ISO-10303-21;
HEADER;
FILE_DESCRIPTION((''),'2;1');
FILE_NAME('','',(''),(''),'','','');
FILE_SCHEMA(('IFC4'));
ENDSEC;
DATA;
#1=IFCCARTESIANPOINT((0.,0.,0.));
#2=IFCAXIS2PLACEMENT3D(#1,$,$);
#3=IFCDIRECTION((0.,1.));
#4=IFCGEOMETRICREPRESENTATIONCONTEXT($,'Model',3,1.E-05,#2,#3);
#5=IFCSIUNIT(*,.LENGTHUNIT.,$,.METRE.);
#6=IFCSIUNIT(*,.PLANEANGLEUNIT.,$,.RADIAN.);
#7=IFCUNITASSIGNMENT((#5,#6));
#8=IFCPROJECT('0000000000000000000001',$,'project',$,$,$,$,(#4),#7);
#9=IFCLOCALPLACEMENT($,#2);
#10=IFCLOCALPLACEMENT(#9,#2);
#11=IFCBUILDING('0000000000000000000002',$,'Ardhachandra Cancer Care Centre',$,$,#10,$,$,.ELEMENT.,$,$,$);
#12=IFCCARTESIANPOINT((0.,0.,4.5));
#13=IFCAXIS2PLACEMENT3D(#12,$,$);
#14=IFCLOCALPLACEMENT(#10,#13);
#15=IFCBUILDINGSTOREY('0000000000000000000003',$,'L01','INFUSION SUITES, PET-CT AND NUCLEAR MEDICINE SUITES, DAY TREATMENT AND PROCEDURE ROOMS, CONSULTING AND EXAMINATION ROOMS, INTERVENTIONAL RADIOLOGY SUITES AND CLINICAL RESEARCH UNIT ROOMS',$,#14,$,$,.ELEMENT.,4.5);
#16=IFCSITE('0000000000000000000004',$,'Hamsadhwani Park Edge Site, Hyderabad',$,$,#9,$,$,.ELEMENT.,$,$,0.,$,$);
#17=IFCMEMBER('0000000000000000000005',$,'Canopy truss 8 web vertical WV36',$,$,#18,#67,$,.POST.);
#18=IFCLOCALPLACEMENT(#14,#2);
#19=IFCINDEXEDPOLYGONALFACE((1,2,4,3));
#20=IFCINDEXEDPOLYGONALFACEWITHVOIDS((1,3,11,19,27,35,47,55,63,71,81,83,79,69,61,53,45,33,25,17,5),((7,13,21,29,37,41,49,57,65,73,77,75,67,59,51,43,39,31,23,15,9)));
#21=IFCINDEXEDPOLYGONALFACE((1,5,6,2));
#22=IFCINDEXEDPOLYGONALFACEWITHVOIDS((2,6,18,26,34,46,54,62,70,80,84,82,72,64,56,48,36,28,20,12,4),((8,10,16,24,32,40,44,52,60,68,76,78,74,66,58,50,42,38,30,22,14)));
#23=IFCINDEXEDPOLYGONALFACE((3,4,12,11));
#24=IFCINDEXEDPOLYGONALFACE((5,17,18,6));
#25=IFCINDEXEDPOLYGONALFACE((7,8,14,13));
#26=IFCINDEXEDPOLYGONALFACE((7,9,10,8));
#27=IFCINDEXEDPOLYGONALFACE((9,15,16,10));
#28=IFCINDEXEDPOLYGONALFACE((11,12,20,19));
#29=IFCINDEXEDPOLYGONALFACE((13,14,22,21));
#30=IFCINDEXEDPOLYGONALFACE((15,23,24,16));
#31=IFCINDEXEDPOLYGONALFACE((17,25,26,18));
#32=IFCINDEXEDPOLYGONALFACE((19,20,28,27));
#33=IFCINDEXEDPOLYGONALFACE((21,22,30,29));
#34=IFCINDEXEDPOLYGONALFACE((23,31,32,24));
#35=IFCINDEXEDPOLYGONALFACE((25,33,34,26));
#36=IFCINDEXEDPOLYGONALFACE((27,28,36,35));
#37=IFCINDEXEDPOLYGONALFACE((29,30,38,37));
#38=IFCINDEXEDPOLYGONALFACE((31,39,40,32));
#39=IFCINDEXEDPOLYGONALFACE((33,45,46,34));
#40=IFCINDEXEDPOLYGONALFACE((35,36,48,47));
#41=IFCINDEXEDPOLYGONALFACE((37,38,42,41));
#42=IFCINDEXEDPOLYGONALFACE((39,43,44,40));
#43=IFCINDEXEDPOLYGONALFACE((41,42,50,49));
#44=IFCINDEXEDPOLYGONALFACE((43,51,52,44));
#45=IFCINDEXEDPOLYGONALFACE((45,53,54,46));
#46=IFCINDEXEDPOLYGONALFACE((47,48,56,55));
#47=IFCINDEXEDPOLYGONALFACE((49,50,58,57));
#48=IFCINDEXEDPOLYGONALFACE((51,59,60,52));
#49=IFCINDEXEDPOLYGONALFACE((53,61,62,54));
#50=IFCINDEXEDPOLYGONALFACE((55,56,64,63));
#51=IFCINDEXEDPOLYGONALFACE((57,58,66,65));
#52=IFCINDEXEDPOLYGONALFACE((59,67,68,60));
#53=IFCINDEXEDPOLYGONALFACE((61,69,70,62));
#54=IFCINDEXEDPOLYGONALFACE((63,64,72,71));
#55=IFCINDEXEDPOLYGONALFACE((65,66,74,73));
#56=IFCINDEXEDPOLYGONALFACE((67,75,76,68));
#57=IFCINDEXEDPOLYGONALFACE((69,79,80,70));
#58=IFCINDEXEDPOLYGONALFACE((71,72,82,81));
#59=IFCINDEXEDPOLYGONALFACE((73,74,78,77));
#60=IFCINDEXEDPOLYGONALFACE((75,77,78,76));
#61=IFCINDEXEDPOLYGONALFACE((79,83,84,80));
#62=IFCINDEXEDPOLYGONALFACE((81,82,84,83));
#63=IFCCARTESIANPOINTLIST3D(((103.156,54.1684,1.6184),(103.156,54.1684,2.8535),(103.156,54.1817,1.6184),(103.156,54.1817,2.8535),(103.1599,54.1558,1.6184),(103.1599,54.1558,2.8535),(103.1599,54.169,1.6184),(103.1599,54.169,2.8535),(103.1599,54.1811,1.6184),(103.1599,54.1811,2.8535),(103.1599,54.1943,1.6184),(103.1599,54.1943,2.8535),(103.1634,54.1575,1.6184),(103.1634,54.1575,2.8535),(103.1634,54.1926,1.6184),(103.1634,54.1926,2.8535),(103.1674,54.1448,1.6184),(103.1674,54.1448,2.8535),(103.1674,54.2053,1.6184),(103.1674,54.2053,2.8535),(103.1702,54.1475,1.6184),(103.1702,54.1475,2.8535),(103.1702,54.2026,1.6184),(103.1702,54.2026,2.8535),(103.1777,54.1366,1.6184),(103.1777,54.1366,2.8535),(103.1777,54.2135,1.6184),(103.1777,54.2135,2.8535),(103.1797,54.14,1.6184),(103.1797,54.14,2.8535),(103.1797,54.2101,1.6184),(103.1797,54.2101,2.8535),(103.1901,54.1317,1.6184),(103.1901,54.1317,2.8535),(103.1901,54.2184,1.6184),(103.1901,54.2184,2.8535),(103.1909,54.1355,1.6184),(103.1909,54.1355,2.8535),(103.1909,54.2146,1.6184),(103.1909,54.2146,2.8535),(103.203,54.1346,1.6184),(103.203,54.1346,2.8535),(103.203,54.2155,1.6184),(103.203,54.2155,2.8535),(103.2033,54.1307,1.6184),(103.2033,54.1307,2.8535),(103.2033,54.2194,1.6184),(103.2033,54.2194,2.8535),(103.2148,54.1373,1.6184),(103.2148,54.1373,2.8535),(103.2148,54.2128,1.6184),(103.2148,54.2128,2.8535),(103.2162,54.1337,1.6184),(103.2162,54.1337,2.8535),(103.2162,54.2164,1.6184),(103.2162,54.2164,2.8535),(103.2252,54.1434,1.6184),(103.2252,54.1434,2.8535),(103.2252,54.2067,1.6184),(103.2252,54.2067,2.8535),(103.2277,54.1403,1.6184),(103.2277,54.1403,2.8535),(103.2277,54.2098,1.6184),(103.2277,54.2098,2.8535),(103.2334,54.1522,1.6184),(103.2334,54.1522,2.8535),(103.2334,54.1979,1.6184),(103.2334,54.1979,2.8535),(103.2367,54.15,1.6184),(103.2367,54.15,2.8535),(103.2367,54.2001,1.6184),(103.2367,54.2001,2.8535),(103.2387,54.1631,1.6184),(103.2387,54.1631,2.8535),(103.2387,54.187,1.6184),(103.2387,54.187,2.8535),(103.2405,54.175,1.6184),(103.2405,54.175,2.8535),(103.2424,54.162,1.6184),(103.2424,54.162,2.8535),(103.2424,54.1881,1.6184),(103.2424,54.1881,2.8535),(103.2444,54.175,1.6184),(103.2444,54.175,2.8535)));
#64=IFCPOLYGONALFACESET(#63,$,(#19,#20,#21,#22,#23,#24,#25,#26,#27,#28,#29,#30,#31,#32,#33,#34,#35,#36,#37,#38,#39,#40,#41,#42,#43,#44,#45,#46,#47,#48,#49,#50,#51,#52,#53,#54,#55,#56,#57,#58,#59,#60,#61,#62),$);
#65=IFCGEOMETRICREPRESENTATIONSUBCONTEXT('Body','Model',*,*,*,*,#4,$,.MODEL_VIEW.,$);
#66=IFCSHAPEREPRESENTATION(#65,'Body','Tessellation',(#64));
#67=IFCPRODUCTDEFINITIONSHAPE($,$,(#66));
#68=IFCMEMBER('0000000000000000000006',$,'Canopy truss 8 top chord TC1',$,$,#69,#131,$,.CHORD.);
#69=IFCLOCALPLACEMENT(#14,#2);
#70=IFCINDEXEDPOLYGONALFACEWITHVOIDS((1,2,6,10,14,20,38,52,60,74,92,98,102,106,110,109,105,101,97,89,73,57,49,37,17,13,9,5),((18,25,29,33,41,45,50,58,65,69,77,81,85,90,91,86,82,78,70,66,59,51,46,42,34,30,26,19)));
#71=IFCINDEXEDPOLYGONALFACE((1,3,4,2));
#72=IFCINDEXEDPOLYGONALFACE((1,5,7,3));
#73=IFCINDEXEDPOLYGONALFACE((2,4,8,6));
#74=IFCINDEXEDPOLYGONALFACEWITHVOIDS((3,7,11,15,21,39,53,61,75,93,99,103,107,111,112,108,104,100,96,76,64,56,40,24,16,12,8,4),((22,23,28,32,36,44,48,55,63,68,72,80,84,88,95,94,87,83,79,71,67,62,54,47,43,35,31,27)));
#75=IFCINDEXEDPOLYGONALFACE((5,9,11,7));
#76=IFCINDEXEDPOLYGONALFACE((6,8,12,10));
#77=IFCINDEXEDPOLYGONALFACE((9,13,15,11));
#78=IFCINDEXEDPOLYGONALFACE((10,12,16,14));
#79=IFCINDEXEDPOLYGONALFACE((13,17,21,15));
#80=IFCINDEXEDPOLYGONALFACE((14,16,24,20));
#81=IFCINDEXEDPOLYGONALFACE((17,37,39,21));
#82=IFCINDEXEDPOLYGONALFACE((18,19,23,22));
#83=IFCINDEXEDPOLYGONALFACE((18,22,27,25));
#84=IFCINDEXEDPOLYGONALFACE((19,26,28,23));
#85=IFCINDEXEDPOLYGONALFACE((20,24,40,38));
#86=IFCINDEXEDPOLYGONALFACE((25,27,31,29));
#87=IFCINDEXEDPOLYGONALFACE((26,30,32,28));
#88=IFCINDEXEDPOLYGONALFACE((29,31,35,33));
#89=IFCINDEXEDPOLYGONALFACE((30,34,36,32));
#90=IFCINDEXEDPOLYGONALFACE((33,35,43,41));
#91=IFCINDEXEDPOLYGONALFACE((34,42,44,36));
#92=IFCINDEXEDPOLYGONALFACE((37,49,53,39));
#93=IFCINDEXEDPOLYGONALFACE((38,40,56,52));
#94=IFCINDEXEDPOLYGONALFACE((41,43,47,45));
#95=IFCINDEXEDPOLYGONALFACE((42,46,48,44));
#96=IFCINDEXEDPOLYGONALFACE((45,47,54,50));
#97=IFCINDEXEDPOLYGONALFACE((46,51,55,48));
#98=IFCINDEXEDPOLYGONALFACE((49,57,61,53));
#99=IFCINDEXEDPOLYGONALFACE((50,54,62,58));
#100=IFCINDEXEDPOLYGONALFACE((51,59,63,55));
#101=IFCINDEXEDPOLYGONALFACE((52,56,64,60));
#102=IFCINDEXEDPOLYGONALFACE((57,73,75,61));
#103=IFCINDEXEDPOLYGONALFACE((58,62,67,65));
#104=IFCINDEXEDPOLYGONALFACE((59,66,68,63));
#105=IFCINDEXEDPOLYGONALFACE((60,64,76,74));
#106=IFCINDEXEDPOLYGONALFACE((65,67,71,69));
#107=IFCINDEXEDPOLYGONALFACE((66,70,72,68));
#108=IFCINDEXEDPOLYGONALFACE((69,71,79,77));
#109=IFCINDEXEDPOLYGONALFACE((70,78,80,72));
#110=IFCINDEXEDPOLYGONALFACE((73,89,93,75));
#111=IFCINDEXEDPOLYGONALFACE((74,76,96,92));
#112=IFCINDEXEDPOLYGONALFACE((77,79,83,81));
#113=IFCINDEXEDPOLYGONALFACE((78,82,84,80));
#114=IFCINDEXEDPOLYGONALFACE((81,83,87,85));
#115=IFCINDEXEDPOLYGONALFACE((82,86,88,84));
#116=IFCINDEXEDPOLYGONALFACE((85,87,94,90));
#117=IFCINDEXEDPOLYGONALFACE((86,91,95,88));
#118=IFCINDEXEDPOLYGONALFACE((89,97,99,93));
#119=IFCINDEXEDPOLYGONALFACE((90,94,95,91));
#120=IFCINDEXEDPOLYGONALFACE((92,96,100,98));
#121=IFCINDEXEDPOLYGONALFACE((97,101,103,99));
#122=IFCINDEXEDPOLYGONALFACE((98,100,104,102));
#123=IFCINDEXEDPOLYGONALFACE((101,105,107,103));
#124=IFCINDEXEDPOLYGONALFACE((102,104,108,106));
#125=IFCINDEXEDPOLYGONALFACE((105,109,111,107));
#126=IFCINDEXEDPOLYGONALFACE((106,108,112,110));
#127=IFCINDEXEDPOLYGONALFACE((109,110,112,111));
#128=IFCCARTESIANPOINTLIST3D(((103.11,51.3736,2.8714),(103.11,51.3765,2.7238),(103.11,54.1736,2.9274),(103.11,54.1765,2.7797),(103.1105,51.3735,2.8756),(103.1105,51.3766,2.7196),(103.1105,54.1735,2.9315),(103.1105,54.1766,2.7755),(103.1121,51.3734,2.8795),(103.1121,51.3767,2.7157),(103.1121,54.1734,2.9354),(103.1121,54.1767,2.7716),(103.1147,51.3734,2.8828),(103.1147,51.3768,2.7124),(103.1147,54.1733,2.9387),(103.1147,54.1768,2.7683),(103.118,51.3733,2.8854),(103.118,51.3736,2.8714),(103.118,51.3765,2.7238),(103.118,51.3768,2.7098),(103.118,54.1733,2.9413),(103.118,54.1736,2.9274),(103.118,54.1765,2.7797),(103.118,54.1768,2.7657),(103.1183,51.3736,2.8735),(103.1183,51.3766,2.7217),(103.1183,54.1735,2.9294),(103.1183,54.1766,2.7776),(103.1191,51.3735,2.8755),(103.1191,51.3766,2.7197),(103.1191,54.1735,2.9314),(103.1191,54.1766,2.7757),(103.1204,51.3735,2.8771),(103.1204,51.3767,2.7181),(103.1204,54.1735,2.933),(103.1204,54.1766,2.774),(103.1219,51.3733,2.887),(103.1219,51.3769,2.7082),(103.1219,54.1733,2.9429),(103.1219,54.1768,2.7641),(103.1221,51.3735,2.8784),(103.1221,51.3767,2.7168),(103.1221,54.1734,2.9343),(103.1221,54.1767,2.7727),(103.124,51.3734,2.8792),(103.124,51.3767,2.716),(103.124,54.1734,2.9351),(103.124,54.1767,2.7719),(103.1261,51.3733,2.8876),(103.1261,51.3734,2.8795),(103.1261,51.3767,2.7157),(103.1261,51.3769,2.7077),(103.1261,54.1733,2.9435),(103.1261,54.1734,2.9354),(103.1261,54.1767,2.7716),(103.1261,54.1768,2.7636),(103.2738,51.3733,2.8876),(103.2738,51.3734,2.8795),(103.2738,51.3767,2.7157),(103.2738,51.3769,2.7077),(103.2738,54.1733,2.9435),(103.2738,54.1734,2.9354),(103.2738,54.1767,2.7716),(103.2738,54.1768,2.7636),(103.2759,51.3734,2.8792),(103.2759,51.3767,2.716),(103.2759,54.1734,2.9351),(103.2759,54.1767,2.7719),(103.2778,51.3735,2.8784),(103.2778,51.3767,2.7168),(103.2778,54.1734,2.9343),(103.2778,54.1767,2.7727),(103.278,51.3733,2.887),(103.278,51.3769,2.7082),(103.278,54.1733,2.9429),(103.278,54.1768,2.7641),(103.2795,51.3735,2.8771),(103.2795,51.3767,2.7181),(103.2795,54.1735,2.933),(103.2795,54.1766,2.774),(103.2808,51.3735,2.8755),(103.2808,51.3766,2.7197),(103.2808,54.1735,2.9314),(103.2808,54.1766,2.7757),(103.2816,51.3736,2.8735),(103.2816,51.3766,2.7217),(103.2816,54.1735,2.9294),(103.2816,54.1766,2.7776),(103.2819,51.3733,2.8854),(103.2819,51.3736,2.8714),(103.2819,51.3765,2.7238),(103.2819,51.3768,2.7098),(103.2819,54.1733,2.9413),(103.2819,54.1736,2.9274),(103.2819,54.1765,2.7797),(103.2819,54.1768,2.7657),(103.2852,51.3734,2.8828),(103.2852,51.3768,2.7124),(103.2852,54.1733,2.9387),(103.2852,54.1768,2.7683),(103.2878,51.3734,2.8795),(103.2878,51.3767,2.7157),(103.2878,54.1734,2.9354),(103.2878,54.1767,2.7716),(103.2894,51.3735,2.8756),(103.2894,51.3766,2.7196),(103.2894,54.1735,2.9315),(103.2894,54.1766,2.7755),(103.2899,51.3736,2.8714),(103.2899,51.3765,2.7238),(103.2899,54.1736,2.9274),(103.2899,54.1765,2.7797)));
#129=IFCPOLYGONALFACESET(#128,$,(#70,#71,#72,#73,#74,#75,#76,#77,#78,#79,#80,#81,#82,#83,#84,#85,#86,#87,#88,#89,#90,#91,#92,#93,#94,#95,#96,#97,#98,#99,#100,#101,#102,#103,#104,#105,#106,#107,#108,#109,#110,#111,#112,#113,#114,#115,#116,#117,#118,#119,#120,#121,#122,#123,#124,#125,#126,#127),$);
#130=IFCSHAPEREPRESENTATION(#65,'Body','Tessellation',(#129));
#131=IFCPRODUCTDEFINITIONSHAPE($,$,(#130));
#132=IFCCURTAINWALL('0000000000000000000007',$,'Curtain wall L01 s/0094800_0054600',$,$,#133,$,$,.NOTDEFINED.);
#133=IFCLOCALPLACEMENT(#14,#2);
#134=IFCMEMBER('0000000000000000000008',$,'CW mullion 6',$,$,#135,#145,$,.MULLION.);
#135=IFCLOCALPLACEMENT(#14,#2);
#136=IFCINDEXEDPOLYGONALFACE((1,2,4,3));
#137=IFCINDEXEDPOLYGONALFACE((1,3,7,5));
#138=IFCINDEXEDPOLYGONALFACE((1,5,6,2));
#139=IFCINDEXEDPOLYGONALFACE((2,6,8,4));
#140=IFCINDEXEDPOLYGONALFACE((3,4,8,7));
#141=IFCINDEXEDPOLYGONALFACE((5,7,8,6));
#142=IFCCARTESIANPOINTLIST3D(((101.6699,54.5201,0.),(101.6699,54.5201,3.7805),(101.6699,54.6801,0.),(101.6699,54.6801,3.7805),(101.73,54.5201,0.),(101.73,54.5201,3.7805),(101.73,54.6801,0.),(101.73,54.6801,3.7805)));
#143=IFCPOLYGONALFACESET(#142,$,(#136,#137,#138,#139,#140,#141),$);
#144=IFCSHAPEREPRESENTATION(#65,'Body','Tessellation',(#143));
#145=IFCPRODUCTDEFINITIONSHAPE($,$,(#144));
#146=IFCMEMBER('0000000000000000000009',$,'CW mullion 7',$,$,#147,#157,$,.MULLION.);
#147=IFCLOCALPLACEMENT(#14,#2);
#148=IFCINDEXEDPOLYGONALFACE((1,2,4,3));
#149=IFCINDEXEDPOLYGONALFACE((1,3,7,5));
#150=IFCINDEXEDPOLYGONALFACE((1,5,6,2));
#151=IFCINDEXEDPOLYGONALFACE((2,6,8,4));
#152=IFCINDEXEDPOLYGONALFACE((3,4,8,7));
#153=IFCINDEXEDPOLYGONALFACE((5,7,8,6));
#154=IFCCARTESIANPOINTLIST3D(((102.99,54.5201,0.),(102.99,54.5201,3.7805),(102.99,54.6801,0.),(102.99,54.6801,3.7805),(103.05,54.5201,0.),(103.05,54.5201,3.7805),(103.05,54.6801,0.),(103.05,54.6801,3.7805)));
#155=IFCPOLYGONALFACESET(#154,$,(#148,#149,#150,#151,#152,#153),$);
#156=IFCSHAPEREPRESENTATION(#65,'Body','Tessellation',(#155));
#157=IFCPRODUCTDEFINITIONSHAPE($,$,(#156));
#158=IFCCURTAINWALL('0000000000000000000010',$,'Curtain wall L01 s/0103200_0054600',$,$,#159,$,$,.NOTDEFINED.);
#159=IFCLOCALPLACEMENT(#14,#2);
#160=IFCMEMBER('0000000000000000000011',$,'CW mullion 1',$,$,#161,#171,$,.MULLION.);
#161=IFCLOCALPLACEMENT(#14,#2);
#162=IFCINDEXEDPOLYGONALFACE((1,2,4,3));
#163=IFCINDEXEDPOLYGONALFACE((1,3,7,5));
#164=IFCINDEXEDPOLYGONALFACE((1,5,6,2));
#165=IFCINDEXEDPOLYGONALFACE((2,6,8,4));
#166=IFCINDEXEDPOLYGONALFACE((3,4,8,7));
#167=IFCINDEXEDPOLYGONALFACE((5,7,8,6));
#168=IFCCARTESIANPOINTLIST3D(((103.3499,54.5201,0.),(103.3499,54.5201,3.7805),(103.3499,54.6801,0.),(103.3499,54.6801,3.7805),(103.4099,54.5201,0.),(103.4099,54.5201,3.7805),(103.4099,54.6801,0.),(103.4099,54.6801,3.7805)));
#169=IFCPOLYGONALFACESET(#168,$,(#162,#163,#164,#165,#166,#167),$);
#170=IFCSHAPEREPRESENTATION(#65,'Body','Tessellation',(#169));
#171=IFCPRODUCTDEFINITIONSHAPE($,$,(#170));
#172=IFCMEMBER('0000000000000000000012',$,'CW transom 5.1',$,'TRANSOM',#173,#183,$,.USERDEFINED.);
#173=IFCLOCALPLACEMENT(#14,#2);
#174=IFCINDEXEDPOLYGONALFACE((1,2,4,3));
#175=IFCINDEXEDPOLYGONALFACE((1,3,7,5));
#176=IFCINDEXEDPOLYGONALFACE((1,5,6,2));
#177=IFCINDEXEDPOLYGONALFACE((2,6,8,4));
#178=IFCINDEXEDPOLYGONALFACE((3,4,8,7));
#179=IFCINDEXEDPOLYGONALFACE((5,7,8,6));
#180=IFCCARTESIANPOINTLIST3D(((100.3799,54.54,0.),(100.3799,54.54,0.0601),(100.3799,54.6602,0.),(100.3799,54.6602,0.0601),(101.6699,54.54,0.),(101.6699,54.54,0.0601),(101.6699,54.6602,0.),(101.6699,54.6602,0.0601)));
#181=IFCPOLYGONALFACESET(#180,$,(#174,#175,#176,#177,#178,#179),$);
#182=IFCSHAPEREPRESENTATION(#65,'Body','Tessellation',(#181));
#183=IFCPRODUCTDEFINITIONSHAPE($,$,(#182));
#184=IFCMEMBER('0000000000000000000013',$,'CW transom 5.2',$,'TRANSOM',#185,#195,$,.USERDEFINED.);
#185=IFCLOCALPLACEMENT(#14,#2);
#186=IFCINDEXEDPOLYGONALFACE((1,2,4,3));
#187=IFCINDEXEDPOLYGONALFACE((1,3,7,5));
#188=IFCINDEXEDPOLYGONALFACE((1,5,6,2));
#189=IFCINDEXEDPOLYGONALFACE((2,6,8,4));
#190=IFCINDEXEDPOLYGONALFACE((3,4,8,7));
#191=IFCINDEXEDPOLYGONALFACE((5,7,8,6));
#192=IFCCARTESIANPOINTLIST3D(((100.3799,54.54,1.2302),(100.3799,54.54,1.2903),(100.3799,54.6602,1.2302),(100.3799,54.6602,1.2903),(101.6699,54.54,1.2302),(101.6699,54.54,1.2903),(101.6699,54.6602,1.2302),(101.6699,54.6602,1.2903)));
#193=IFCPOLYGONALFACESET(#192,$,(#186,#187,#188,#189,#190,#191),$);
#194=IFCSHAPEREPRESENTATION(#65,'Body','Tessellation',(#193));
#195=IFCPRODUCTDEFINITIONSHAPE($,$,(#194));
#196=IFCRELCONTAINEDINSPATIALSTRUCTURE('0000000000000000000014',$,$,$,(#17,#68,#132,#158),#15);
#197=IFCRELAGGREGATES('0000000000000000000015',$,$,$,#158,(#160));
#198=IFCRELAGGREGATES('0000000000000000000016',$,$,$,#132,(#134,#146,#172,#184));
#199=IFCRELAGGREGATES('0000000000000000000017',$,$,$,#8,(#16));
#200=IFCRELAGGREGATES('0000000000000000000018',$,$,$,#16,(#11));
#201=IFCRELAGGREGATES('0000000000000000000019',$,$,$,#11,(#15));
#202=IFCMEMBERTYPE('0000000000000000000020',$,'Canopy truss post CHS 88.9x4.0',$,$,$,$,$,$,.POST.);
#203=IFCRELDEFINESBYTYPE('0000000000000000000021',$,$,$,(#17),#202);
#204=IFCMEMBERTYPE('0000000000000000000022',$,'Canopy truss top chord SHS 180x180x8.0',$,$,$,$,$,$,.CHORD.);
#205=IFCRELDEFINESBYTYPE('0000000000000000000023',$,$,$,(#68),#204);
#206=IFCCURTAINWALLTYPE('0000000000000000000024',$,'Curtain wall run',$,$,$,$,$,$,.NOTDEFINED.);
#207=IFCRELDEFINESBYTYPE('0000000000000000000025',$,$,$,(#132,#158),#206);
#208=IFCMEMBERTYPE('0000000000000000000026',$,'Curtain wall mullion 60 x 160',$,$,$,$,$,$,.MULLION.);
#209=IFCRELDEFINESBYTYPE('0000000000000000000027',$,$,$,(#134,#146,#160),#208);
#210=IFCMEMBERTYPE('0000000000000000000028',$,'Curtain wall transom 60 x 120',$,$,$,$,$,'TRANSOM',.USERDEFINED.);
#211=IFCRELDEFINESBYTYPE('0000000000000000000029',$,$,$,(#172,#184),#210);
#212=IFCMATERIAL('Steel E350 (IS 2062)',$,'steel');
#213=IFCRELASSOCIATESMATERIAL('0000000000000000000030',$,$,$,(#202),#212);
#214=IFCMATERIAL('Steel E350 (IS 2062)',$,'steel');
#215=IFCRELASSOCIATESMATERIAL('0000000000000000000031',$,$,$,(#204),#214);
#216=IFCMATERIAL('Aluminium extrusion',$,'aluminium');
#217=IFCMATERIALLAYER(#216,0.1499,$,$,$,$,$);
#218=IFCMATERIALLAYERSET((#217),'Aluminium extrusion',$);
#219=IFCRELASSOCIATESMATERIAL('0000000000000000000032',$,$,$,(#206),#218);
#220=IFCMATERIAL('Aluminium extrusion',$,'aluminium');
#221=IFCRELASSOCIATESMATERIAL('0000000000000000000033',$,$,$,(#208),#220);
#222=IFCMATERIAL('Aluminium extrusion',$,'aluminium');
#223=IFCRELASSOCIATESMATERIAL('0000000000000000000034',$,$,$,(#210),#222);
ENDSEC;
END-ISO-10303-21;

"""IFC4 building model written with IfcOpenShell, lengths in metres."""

from ifc_helpers import new_model, si_unit, direction, frame, origin, origin_2d, place, context, subcontext, project, spatial, rectangle, hollow_rectangle, hollow_circle, extrude, material, layer, layer_set, material_profile, profile_set, type_object, element, aggregate, save


model = new_model("IFC4")

# Units and contexts
model_context = context("Model", 3, precision=1e-05, world=origin(), true_north=direction((0.0, 1.0)))
body_context = subcontext(model_context, "Body", "Model", "MODEL_VIEW")
ifc_project = project(units=[si_unit("LENGTHUNIT", "METRE"), si_unit("PLANEANGLEUNIT", "RADIAN")], contexts=[model_context])

# Site, building, storey
site_placement = place(None, origin())
site = spatial("IfcSite", under=ifc_project, at=site_placement, Name="Hamsadhwani Park Edge Site, Hyderabad", CompositionType="ELEMENT", RefElevation=0.0)
building_placement = place(site_placement, origin())
building = spatial("IfcBuilding", under=site, at=building_placement, Name="Ardhachandra Cancer Care Centre", CompositionType="ELEMENT")
storey_placement = place(building_placement, frame((0.0, 0.0, 4.5)))
storey = spatial("IfcBuildingStorey", under=building, at=storey_placement, Name="L01", Description="INFUSION SUITES, PET-CT AND NUCLEAR MEDICINE SUITES, DAY TREATMENT AND PROCEDURE ROOMS, CONSULTING AND EXAMINATION ROOMS, INTERVENTIONAL RADIOLOGY SUITES AND CLINICAL RESEARCH UNIT ROOMS", CompositionType="ELEMENT", Elevation=4.5)

# Members
ifc_material_1 = material(Name="Steel E350 (IS 2062)", Category="steel")
ifc_material_profile_1 = material_profile(ifc_material_1, hollow_circle(Radius=0.0444, WallThickness=0.0039, at=origin_2d()), Name="CHS 88.9x4.0")
ifc_profile_set_1 = profile_set([ifc_material_profile_1], Name="Steel E350 (IS 2062)")
member_type_1 = type_object("IfcMemberType", Name="Canopy truss post CHS 88.9x4.0", PredefinedType="POST", material=ifc_profile_set_1)
member_1_placement = place(storey_placement, frame((103.2, 54.175, 2.8535), z_axis=(0.0, 0.0, -1.0), x_axis=(1.0, 0.0, 0.0)))
element("IfcMember", 1, at=member_1_placement, inside=storey, type_object=member_type_1, Name="Canopy truss 8 web vertical WV36", PredefinedType="POST", context=body_context, shape_type="SweptSolid", body=[
    extrude(hollow_circle(Radius=0.0444, WallThickness=0.0039, at=origin_2d()), origin(), (0.0, 0.0, 1.0), 1.2351),
])
ifc_material_2 = material(Name="Steel E350 (IS 2062)", Category="steel")
ifc_material_profile_2 = material_profile(ifc_material_2, hollow_rectangle(XDim=0.1799, YDim=0.1799, WallThickness=0.0081, InnerFilletRadius=0.0081, OuterFilletRadius=0.0161, at=origin_2d()), Name="SHS 180x180x8.0")
ifc_profile_set_2 = profile_set([ifc_material_profile_2], Name="Steel E350 (IS 2062)")
member_type_2 = type_object("IfcMemberType", Name="Canopy truss top chord SHS 180x180x8.0", PredefinedType="CHORD", material=ifc_profile_set_2)
member_2_placement = place(storey_placement, frame((103.2, 54.175, 2.8535), z_axis=(0.0, -0.999801, -0.019963), x_axis=(1.0, 0.0, 0.0)))
element("IfcMember", 2, at=member_2_placement, inside=storey, type_object=member_type_2, Name="Canopy truss 8 top chord TC1", PredefinedType="CHORD", context=body_context, shape_type="SweptSolid", body=[
    extrude(hollow_rectangle(XDim=0.1799, YDim=0.1799, WallThickness=0.0081, InnerFilletRadius=0.0081, OuterFilletRadius=0.0161, at=origin_2d()), origin(), (0.0, 0.0, 1.0), 2.8005),
])

# Curtain wall, members
ifc_material_3 = material(Name="Aluminium extrusion", Category="aluminium")
ifc_layer_1 = layer(ifc_material_3, 0.1499)
ifc_layer_set_1 = layer_set([ifc_layer_1], Name="Aluminium extrusion")
curtain_wall_type = type_object("IfcCurtainWallType", Name="Curtain wall run", PredefinedType="NOTDEFINED", material=ifc_layer_set_1)
curtain_wall_1_placement = place(storey_placement, origin())
curtain_wall_1 = element("IfcCurtainWall", 3, at=curtain_wall_1_placement, inside=storey, type_object=curtain_wall_type, Name="Curtain wall L01 s/0094800_0054600", PredefinedType="NOTDEFINED")
ifc_material_4 = material(Name="Aluminium extrusion", Category="aluminium")
ifc_material_profile_3 = material_profile(ifc_material_4, rectangle(XDim=0.1599, YDim=0.0601, at=origin_2d()), Name="Curtain wall mullion 60 x 160")
ifc_profile_set_3 = profile_set([ifc_material_profile_3], Name="Aluminium extrusion")
member_type_3 = type_object("IfcMemberType", Name="Curtain wall mullion 60 x 160", PredefinedType="MULLION", material=ifc_profile_set_3)
member_3_placement = place(storey_placement, frame((101.7, 54.6001, 0.0), z_axis=(0.0, 0.0, 1.0), x_axis=(0.0, 1.0, 0.0)))
member_3 = element("IfcMember", 4, at=member_3_placement, type_object=member_type_3, Name="CW mullion 6", PredefinedType="MULLION", context=body_context, shape_type="SweptSolid", body=[
    extrude(rectangle(XDim=0.1599, YDim=0.0601, at=origin_2d()), origin(), (0.0, 0.0, 1.0), 3.7805),
])
member_4_placement = place(storey_placement, frame((103.02, 54.6001, 0.0), z_axis=(0.0, 0.0, 1.0), x_axis=(0.0, 1.0, 0.0)))
member_4 = element("IfcMember", 5, at=member_4_placement, type_object=member_type_3, Name="CW mullion 7", PredefinedType="MULLION", context=body_context, shape_type="SweptSolid", body=[
    extrude(rectangle(XDim=0.1599, YDim=0.0601, at=origin_2d()), origin(), (0.0, 0.0, 1.0), 3.7805),
])

# Curtain wall, member
curtain_wall_2_placement = place(storey_placement, origin())
curtain_wall_2 = element("IfcCurtainWall", 6, at=curtain_wall_2_placement, inside=storey, type_object=curtain_wall_type, Name="Curtain wall L01 s/0103200_0054600", PredefinedType="NOTDEFINED")
member_5_placement = place(storey_placement, frame((103.3799, 54.6001, 0.0), z_axis=(0.0, 0.0, 1.0), x_axis=(0.0, 1.0, 0.0)))
member_5 = element("IfcMember", 7, at=member_5_placement, type_object=member_type_3, Name="CW mullion 1", PredefinedType="MULLION", context=body_context, shape_type="SweptSolid", body=[
    extrude(rectangle(XDim=0.1599, YDim=0.0601, at=origin_2d()), origin(), (0.0, 0.0, 1.0), 3.7805),
])

# Members
ifc_material_5 = material(Name="Aluminium extrusion", Category="aluminium")
ifc_material_profile_4 = material_profile(ifc_material_5, rectangle(XDim=0.1201, YDim=0.0601, at=origin_2d()), Name="Curtain wall transom 60 x 120")
ifc_profile_set_4 = profile_set([ifc_material_profile_4], Name="Aluminium extrusion")
member_type_4 = type_object("IfcMemberType", Name="Curtain wall transom 60 x 120", ElementType="TRANSOM", PredefinedType="USERDEFINED", material=ifc_profile_set_4)
member_6_placement = place(storey_placement, frame((100.3799, 54.6001, 0.03), z_axis=(1.0, 0.0, 0.0), x_axis=(0.0, 1.0, 0.0)))
member_6 = element("IfcMember", 8, at=member_6_placement, type_object=member_type_4, Name="CW transom 5.1", ObjectType="TRANSOM", PredefinedType="USERDEFINED", context=body_context, shape_type="SweptSolid", body=[
    extrude(rectangle(XDim=0.1201, YDim=0.0601, at=origin_2d()), origin(), (0.0, 0.0, 1.0), 1.29),
])
member_7_placement = place(storey_placement, frame((100.3799, 54.6001, 1.2603), z_axis=(1.0, 0.0, 0.0), x_axis=(0.0, 1.0, 0.0)))
member_7 = element("IfcMember", 9, at=member_7_placement, type_object=member_type_4, Name="CW transom 5.2", ObjectType="TRANSOM", PredefinedType="USERDEFINED", context=body_context, shape_type="SweptSolid", body=[
    extrude(rectangle(XDim=0.1201, YDim=0.0601, at=origin_2d()), origin(), (0.0, 0.0, 1.0), 1.29),
])
aggregate(curtain_wall_2, [member_5])

aggregate(curtain_wall_1, [member_3, member_4, member_6, member_7])

save(model, "model.ifc")
